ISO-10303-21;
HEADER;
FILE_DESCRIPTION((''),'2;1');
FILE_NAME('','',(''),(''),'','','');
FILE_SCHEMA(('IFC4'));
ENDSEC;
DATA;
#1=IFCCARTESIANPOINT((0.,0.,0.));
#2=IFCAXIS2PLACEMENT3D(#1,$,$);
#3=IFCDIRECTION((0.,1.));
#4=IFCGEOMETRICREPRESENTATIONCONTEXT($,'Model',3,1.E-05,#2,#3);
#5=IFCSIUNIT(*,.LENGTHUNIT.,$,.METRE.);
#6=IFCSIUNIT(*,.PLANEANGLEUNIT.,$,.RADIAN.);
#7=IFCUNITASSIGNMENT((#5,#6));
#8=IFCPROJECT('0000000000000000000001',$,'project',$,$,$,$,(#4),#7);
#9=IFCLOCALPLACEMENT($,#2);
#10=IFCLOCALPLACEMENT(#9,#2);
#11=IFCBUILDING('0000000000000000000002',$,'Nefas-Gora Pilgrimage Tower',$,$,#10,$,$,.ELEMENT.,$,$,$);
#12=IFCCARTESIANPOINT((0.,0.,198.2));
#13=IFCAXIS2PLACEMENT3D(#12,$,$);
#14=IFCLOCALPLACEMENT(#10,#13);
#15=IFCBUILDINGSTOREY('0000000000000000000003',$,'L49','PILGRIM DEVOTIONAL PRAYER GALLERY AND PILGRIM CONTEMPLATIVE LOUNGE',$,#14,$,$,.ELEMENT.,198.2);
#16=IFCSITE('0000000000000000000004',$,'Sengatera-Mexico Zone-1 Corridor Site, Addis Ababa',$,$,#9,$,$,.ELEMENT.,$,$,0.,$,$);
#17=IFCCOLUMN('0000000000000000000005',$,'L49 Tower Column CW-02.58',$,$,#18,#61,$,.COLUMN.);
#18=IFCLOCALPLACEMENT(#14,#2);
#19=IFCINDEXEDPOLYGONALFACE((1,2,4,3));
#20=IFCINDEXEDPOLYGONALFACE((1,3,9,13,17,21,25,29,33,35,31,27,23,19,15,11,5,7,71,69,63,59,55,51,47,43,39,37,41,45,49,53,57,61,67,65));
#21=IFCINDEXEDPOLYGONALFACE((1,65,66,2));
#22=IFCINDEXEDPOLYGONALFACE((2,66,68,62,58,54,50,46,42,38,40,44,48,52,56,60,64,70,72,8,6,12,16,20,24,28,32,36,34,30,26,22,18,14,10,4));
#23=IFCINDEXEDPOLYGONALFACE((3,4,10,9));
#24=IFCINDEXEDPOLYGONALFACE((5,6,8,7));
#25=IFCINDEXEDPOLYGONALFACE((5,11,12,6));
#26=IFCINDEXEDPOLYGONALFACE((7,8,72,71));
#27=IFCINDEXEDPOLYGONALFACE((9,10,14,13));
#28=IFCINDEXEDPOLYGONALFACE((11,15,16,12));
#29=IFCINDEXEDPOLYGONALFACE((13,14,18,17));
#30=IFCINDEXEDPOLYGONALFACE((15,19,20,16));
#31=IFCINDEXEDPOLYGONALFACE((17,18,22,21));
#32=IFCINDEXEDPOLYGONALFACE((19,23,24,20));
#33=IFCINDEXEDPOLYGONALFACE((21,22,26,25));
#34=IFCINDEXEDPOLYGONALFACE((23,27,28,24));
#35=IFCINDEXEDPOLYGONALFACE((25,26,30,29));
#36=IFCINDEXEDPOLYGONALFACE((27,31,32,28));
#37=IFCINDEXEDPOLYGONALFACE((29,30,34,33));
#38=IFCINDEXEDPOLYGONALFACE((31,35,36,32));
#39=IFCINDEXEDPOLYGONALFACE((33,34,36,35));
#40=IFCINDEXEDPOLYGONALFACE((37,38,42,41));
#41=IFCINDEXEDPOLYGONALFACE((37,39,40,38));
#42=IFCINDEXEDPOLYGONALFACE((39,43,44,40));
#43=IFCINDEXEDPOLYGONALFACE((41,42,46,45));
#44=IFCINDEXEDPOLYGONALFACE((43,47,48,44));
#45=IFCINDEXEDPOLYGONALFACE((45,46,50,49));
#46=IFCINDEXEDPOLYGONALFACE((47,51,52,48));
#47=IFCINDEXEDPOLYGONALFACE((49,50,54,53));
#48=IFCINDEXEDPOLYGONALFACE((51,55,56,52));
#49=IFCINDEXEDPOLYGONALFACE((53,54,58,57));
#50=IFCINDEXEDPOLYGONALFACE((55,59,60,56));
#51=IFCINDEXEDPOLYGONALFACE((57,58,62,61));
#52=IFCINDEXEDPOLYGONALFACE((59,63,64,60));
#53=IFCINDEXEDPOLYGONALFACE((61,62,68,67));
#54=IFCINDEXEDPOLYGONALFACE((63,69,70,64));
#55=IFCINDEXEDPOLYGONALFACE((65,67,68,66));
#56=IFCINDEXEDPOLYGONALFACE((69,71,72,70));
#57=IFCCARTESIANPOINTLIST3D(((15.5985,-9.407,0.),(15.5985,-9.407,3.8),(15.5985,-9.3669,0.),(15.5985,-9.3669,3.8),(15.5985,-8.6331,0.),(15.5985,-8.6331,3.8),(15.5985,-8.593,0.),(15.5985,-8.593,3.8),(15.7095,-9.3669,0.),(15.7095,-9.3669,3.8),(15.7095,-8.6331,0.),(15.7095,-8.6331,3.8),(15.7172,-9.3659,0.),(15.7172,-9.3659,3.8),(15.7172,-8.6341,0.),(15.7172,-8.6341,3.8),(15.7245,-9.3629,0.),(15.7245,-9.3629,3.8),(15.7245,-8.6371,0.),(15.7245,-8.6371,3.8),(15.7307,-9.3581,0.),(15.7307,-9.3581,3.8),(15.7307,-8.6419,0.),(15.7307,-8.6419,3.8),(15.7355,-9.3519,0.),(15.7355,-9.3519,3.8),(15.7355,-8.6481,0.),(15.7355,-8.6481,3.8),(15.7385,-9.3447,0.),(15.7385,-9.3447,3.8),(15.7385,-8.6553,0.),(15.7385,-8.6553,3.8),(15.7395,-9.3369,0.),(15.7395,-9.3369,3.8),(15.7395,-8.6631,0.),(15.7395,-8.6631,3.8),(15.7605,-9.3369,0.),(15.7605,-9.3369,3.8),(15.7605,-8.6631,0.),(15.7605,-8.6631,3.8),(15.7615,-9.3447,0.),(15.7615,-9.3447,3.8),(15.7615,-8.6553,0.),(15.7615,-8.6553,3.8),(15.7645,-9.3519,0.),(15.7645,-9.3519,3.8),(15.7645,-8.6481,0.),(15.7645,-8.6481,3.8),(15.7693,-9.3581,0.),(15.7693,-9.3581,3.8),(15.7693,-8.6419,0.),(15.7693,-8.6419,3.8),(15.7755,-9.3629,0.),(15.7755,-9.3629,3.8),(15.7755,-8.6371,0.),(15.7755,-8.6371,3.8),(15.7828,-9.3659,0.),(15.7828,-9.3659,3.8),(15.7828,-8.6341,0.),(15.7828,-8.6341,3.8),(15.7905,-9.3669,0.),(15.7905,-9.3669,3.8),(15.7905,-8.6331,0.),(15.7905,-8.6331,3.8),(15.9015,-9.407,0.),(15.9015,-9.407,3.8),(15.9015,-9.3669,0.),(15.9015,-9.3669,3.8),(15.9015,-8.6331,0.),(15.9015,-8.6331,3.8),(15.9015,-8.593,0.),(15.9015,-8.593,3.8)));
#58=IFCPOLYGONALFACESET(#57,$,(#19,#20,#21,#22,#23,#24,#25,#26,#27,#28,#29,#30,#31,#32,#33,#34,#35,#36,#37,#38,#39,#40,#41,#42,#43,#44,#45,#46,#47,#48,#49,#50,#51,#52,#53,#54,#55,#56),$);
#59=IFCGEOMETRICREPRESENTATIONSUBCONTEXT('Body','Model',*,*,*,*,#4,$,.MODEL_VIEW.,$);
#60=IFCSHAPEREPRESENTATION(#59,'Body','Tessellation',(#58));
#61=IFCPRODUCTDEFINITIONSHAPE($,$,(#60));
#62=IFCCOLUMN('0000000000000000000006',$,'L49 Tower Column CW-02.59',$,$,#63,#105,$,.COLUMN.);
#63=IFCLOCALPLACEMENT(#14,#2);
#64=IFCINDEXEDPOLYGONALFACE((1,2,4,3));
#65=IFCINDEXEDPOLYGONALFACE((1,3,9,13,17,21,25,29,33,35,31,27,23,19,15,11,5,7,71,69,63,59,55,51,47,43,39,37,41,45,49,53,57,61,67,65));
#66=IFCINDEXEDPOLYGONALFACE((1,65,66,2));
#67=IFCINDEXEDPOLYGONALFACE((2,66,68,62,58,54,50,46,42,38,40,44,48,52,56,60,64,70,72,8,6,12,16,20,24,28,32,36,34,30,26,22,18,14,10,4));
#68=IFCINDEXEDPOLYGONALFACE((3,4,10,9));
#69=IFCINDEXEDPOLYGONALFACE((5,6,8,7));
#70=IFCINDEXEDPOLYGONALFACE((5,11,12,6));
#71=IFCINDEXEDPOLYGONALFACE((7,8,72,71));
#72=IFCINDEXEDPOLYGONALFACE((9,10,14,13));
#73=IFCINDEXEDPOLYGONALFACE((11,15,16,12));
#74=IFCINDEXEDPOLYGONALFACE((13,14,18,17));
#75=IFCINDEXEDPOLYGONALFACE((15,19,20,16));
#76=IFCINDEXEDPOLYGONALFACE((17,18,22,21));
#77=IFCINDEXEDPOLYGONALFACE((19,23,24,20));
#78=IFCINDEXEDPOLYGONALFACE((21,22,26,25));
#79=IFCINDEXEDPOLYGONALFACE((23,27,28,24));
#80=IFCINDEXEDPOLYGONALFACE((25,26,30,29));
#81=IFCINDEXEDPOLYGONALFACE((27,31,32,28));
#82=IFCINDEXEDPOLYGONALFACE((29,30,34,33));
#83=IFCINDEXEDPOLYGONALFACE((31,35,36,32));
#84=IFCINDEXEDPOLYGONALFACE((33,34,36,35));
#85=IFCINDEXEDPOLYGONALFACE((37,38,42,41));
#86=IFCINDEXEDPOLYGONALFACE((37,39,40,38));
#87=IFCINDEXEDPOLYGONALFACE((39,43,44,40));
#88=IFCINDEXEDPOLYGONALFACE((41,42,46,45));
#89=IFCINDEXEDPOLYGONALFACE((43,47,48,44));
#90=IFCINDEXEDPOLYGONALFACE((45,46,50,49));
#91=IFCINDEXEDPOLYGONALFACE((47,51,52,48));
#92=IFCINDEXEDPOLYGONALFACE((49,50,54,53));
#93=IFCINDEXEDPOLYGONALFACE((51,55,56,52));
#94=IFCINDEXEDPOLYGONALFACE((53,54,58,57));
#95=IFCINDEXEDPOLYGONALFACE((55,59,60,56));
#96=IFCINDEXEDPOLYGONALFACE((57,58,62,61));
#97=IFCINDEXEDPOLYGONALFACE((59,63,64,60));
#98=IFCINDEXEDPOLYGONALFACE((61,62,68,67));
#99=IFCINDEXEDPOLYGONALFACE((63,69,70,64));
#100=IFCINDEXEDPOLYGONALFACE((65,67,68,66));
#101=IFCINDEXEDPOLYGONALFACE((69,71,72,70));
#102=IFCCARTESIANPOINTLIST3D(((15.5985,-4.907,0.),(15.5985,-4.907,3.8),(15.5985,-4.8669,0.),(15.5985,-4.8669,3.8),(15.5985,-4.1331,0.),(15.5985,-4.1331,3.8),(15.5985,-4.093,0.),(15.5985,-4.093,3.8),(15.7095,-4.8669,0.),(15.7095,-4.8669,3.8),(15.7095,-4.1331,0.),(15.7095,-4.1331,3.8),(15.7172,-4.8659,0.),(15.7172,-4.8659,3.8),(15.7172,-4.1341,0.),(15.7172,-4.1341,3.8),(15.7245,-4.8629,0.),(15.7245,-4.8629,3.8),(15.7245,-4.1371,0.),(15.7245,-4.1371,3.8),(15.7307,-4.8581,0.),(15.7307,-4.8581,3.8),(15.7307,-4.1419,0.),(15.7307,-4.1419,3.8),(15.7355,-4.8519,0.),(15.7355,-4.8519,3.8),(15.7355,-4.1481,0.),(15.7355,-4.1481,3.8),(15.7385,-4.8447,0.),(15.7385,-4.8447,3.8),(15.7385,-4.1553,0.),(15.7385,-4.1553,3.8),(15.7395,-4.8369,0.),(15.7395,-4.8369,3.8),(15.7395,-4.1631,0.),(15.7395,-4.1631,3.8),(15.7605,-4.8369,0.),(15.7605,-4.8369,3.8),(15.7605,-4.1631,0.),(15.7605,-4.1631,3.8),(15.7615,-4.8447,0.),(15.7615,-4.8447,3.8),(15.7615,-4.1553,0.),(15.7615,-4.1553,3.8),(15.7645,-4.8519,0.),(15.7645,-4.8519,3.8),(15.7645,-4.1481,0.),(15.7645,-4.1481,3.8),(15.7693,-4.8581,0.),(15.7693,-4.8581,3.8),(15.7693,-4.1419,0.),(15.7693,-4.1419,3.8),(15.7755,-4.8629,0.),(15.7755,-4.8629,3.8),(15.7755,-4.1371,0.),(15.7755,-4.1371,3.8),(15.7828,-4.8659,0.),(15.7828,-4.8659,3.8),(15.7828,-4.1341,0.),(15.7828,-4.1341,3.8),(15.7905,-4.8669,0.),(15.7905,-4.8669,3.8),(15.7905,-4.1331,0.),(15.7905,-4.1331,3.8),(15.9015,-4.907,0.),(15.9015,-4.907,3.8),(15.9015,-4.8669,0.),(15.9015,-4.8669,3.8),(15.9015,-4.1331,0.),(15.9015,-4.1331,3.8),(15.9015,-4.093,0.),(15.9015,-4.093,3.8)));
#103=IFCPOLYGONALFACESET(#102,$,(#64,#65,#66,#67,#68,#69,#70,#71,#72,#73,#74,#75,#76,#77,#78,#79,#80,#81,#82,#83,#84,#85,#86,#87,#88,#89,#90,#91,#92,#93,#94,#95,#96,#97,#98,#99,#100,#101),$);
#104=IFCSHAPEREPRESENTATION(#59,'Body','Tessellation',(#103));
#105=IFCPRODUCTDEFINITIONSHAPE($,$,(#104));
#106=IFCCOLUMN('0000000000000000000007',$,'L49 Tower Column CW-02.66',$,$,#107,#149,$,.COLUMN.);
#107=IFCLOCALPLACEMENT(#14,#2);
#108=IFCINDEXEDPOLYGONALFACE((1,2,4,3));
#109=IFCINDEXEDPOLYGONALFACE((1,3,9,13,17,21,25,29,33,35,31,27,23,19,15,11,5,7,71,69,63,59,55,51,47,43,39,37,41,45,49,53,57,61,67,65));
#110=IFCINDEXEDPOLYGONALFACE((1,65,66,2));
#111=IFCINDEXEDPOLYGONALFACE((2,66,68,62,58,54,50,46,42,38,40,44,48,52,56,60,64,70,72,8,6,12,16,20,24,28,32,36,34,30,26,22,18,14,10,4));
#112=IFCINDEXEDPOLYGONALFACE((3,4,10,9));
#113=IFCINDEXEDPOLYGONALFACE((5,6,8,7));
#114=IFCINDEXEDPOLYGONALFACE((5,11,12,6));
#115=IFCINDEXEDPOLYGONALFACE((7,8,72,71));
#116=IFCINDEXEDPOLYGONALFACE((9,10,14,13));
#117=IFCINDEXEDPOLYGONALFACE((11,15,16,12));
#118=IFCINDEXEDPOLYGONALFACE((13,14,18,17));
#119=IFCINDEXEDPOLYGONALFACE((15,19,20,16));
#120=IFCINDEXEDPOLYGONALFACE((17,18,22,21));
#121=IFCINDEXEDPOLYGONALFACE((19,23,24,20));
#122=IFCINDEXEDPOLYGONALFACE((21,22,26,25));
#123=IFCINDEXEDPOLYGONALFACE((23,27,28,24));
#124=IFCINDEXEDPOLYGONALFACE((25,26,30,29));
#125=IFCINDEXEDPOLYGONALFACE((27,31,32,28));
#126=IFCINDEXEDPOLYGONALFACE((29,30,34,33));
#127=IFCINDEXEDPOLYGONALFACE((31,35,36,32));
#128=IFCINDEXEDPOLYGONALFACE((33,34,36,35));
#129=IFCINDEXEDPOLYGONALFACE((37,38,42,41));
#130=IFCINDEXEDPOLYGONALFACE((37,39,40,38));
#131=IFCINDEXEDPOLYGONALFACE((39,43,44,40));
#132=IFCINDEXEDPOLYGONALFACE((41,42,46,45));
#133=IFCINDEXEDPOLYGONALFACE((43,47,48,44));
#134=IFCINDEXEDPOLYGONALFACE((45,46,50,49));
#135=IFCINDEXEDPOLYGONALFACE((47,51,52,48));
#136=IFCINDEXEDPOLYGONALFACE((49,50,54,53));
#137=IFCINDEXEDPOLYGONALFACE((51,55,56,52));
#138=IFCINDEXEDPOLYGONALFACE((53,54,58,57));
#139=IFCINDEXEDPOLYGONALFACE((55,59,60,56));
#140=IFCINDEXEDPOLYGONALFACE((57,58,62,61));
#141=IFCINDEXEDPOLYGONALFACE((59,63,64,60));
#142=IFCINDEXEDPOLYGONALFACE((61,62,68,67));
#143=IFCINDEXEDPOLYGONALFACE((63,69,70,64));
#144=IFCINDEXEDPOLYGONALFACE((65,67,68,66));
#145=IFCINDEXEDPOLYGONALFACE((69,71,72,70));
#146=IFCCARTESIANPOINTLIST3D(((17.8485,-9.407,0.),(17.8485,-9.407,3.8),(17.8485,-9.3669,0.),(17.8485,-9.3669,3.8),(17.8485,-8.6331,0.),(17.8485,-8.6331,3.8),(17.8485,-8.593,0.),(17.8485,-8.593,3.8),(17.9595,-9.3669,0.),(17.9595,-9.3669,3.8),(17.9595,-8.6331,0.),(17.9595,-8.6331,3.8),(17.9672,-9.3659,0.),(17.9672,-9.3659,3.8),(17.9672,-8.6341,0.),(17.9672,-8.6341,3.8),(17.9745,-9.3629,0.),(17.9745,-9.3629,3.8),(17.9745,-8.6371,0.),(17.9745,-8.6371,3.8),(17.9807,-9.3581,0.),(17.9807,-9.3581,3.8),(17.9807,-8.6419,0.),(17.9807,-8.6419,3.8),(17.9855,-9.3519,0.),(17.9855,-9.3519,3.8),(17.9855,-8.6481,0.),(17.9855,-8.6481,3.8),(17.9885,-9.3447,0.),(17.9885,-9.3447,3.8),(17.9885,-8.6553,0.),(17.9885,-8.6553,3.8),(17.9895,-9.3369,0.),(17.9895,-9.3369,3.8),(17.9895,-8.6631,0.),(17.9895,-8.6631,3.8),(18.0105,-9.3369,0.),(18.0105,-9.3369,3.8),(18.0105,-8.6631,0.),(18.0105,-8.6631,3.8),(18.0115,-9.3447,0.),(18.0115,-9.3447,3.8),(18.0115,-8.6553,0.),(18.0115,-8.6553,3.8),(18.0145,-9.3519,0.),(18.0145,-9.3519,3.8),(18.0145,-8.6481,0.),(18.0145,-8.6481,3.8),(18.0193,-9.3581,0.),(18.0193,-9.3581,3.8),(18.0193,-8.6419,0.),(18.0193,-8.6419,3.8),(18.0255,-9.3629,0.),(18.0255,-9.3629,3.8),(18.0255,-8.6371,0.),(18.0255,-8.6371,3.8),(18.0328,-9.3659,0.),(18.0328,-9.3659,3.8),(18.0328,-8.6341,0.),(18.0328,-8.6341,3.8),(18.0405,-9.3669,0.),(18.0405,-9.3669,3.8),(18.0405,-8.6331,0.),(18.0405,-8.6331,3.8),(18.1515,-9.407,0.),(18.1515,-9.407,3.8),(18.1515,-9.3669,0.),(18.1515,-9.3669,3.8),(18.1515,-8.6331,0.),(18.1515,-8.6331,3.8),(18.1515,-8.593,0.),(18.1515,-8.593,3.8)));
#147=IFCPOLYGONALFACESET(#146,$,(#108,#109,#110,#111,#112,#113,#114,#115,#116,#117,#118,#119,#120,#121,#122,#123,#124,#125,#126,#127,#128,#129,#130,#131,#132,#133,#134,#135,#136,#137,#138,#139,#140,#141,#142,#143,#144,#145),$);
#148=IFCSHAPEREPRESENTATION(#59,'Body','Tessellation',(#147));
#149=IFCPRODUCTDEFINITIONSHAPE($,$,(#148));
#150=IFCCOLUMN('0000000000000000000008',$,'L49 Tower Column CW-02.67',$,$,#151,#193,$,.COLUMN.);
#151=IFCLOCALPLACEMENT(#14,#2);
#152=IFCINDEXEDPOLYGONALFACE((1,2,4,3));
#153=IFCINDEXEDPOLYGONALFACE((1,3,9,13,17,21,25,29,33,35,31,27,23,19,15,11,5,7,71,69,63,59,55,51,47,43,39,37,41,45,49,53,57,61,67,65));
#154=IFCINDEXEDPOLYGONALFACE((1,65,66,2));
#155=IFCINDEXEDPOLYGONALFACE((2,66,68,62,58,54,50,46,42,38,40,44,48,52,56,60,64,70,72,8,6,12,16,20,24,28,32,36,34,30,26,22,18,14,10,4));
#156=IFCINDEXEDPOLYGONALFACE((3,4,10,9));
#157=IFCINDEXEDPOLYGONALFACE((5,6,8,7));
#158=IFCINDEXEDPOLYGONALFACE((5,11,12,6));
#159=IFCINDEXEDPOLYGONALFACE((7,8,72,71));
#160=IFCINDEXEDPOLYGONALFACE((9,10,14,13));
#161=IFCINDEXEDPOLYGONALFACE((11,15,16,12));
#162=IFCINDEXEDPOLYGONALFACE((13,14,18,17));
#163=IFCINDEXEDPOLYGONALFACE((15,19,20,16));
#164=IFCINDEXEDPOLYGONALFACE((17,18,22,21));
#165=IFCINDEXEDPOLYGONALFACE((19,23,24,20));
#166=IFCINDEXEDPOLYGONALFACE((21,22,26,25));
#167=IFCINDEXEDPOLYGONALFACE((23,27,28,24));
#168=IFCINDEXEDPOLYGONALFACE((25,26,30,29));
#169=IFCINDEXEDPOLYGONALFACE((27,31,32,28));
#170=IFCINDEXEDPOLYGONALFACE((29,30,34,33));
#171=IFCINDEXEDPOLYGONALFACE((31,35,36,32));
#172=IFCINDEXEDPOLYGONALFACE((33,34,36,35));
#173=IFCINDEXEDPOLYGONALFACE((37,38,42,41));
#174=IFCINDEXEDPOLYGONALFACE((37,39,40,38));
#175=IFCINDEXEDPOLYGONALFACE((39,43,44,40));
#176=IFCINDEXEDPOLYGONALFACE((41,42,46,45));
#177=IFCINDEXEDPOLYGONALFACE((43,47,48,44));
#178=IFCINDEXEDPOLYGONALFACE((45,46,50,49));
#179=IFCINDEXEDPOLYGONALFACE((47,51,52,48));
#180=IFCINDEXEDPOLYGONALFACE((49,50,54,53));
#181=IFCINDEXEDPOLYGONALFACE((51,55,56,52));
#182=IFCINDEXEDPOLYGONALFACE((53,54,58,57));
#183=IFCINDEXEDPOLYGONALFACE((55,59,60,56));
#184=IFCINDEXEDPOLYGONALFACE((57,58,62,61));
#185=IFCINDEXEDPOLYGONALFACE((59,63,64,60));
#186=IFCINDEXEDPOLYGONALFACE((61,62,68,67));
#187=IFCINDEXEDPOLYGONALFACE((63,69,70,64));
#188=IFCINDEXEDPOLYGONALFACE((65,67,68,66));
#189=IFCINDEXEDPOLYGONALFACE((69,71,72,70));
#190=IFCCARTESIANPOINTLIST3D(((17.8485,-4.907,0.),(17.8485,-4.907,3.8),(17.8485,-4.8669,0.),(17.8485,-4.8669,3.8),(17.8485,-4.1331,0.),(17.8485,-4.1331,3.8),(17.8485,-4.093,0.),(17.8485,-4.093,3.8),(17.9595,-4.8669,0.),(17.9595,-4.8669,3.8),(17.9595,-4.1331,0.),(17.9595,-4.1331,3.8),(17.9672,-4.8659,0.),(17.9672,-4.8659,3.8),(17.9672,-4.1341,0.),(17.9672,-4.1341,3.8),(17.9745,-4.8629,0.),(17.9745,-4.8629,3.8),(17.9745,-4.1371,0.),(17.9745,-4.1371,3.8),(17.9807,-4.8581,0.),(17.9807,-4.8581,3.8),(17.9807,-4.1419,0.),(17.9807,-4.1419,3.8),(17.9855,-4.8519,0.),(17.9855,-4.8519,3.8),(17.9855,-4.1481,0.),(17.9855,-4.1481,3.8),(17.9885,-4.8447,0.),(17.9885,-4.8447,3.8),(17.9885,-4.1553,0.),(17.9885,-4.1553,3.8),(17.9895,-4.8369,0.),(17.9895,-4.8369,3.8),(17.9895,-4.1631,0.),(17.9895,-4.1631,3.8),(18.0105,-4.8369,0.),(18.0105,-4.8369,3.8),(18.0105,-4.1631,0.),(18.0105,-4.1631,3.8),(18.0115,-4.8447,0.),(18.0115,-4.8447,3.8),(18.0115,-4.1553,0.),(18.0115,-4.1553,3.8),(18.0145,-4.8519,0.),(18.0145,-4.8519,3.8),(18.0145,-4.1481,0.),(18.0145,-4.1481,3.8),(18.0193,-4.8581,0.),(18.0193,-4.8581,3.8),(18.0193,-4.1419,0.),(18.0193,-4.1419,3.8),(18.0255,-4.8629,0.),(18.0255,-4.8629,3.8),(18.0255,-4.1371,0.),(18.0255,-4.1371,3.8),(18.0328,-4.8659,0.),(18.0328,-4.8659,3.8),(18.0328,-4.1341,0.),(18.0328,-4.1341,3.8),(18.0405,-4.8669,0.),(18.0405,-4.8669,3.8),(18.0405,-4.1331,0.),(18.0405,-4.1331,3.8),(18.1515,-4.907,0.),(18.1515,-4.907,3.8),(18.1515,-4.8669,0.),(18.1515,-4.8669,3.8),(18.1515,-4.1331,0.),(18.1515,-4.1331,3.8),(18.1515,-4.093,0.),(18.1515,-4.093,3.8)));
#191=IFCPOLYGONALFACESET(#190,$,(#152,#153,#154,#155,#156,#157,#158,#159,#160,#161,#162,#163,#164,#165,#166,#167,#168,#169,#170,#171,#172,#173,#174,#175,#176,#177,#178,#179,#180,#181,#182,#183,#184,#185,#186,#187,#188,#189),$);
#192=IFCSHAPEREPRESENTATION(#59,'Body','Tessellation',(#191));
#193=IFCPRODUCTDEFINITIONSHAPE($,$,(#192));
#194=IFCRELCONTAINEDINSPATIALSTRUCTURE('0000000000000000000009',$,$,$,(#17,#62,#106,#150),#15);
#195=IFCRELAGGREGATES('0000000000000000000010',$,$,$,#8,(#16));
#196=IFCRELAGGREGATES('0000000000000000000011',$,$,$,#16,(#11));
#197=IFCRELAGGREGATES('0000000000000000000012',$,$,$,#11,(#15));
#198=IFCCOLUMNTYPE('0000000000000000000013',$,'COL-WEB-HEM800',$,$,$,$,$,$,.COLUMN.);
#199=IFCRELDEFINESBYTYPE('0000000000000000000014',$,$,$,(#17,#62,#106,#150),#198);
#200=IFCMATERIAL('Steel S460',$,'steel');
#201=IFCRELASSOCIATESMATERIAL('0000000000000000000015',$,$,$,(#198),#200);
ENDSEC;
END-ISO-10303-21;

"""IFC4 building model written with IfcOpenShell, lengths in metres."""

from ifc_helpers import new_model, si_unit, direction, frame, origin, origin_2d, place, context, subcontext, project, spatial, i_section, extrude, source, transform, mapped, material, material_profile, profile_set, type_object, element, save


model = new_model("IFC4")

# Units and contexts
model_context = context("Model", 3, precision=1e-05, world=origin(), true_north=direction((0.0, 1.0)))
body_context = subcontext(model_context, "Body", "Model", "MODEL_VIEW")
ifc_project = project(units=[si_unit("LENGTHUNIT", "METRE"), si_unit("PLANEANGLEUNIT", "RADIAN")], contexts=[model_context])

# Site, building, storey
site_placement = place(None, origin())
site = spatial("IfcSite", under=ifc_project, at=site_placement, Name="Sengatera-Mexico Zone-1 Corridor Site, Addis Ababa", CompositionType="ELEMENT", RefElevation=0.0)
building_placement = place(site_placement, origin())
building = spatial("IfcBuilding", under=site, at=building_placement, Name="Nefas-Gora Pilgrimage Tower", CompositionType="ELEMENT")
storey_placement = place(building_placement, frame((0.0, 0.0, 198.2)))
storey = spatial("IfcBuildingStorey", under=building, at=storey_placement, Name="L49", Description="PILGRIM DEVOTIONAL PRAYER GALLERY AND PILGRIM CONTEMPLATIVE LOUNGE", CompositionType="ELEMENT", Elevation=198.2)

# Columns
ifc_material_1 = material(Name="Steel S460", Category="steel")
ifc_material_profile_1 = material_profile(ifc_material_1, i_section(OverallWidth=0.303, OverallDepth=0.814, WebThickness=0.021, FlangeThickness=0.04, FilletRadius=0.03, at=origin_2d()), Name="HEM 800")
ifc_profile_set_1 = profile_set([ifc_material_profile_1], Name="Steel S460")
column_type_1 = type_object("IfcColumnType", Name="COL-WEB-HEM800", PredefinedType="COLUMN", material=ifc_profile_set_1)
shared_shape_1 = source(origin(), body_context, "Body", "SweptSolid", [
    extrude(i_section(OverallWidth=0.303, OverallDepth=0.814, WebThickness=0.021, FlangeThickness=0.04, FilletRadius=0.03, at=origin_2d()), origin(), (0.0, 0.0, 1.0), 3.8),
])
for number, where, z_axis, x_axis, name in (
    (1, (15.75, -9.0, 0.0), (0.0, 0.0, 1.0), (1.0, 0.0, 0.0), "L49 Tower Column CW-02.58"),
    (2, (15.75, -4.5, 0.0), (0.0, 0.0, 1.0), (1.0, 0.0, 0.0), "L49 Tower Column CW-02.59"),
    (3, (18.0, -9.0, 0.0), (0.0, 0.0, 1.0), (1.0, 0.0, 0.0), "L49 Tower Column CW-02.66"),
    (4, (18.0, -4.5, 0.0), (0.0, 0.0, 1.0), (1.0, 0.0, 0.0), "L49 Tower Column CW-02.67"),
):
    element("IfcColumn", number, at=place(storey_placement, frame(where, z_axis=z_axis, x_axis=x_axis)), inside=storey, type_object=column_type_1, Name=name, PredefinedType="COLUMN", context=body_context, shape_type="MappedRepresentation", body=[
        mapped(shared_shape_1, transform((0.0, 0.0, 0.0), x_axis=(1.0, 0.0, 0.0), y_axis=(0.0, 1.0, 0.0), z_axis=(0.0, 0.0, 1.0), scale=1.0)),
    ])

save(model, "model.ifc")
